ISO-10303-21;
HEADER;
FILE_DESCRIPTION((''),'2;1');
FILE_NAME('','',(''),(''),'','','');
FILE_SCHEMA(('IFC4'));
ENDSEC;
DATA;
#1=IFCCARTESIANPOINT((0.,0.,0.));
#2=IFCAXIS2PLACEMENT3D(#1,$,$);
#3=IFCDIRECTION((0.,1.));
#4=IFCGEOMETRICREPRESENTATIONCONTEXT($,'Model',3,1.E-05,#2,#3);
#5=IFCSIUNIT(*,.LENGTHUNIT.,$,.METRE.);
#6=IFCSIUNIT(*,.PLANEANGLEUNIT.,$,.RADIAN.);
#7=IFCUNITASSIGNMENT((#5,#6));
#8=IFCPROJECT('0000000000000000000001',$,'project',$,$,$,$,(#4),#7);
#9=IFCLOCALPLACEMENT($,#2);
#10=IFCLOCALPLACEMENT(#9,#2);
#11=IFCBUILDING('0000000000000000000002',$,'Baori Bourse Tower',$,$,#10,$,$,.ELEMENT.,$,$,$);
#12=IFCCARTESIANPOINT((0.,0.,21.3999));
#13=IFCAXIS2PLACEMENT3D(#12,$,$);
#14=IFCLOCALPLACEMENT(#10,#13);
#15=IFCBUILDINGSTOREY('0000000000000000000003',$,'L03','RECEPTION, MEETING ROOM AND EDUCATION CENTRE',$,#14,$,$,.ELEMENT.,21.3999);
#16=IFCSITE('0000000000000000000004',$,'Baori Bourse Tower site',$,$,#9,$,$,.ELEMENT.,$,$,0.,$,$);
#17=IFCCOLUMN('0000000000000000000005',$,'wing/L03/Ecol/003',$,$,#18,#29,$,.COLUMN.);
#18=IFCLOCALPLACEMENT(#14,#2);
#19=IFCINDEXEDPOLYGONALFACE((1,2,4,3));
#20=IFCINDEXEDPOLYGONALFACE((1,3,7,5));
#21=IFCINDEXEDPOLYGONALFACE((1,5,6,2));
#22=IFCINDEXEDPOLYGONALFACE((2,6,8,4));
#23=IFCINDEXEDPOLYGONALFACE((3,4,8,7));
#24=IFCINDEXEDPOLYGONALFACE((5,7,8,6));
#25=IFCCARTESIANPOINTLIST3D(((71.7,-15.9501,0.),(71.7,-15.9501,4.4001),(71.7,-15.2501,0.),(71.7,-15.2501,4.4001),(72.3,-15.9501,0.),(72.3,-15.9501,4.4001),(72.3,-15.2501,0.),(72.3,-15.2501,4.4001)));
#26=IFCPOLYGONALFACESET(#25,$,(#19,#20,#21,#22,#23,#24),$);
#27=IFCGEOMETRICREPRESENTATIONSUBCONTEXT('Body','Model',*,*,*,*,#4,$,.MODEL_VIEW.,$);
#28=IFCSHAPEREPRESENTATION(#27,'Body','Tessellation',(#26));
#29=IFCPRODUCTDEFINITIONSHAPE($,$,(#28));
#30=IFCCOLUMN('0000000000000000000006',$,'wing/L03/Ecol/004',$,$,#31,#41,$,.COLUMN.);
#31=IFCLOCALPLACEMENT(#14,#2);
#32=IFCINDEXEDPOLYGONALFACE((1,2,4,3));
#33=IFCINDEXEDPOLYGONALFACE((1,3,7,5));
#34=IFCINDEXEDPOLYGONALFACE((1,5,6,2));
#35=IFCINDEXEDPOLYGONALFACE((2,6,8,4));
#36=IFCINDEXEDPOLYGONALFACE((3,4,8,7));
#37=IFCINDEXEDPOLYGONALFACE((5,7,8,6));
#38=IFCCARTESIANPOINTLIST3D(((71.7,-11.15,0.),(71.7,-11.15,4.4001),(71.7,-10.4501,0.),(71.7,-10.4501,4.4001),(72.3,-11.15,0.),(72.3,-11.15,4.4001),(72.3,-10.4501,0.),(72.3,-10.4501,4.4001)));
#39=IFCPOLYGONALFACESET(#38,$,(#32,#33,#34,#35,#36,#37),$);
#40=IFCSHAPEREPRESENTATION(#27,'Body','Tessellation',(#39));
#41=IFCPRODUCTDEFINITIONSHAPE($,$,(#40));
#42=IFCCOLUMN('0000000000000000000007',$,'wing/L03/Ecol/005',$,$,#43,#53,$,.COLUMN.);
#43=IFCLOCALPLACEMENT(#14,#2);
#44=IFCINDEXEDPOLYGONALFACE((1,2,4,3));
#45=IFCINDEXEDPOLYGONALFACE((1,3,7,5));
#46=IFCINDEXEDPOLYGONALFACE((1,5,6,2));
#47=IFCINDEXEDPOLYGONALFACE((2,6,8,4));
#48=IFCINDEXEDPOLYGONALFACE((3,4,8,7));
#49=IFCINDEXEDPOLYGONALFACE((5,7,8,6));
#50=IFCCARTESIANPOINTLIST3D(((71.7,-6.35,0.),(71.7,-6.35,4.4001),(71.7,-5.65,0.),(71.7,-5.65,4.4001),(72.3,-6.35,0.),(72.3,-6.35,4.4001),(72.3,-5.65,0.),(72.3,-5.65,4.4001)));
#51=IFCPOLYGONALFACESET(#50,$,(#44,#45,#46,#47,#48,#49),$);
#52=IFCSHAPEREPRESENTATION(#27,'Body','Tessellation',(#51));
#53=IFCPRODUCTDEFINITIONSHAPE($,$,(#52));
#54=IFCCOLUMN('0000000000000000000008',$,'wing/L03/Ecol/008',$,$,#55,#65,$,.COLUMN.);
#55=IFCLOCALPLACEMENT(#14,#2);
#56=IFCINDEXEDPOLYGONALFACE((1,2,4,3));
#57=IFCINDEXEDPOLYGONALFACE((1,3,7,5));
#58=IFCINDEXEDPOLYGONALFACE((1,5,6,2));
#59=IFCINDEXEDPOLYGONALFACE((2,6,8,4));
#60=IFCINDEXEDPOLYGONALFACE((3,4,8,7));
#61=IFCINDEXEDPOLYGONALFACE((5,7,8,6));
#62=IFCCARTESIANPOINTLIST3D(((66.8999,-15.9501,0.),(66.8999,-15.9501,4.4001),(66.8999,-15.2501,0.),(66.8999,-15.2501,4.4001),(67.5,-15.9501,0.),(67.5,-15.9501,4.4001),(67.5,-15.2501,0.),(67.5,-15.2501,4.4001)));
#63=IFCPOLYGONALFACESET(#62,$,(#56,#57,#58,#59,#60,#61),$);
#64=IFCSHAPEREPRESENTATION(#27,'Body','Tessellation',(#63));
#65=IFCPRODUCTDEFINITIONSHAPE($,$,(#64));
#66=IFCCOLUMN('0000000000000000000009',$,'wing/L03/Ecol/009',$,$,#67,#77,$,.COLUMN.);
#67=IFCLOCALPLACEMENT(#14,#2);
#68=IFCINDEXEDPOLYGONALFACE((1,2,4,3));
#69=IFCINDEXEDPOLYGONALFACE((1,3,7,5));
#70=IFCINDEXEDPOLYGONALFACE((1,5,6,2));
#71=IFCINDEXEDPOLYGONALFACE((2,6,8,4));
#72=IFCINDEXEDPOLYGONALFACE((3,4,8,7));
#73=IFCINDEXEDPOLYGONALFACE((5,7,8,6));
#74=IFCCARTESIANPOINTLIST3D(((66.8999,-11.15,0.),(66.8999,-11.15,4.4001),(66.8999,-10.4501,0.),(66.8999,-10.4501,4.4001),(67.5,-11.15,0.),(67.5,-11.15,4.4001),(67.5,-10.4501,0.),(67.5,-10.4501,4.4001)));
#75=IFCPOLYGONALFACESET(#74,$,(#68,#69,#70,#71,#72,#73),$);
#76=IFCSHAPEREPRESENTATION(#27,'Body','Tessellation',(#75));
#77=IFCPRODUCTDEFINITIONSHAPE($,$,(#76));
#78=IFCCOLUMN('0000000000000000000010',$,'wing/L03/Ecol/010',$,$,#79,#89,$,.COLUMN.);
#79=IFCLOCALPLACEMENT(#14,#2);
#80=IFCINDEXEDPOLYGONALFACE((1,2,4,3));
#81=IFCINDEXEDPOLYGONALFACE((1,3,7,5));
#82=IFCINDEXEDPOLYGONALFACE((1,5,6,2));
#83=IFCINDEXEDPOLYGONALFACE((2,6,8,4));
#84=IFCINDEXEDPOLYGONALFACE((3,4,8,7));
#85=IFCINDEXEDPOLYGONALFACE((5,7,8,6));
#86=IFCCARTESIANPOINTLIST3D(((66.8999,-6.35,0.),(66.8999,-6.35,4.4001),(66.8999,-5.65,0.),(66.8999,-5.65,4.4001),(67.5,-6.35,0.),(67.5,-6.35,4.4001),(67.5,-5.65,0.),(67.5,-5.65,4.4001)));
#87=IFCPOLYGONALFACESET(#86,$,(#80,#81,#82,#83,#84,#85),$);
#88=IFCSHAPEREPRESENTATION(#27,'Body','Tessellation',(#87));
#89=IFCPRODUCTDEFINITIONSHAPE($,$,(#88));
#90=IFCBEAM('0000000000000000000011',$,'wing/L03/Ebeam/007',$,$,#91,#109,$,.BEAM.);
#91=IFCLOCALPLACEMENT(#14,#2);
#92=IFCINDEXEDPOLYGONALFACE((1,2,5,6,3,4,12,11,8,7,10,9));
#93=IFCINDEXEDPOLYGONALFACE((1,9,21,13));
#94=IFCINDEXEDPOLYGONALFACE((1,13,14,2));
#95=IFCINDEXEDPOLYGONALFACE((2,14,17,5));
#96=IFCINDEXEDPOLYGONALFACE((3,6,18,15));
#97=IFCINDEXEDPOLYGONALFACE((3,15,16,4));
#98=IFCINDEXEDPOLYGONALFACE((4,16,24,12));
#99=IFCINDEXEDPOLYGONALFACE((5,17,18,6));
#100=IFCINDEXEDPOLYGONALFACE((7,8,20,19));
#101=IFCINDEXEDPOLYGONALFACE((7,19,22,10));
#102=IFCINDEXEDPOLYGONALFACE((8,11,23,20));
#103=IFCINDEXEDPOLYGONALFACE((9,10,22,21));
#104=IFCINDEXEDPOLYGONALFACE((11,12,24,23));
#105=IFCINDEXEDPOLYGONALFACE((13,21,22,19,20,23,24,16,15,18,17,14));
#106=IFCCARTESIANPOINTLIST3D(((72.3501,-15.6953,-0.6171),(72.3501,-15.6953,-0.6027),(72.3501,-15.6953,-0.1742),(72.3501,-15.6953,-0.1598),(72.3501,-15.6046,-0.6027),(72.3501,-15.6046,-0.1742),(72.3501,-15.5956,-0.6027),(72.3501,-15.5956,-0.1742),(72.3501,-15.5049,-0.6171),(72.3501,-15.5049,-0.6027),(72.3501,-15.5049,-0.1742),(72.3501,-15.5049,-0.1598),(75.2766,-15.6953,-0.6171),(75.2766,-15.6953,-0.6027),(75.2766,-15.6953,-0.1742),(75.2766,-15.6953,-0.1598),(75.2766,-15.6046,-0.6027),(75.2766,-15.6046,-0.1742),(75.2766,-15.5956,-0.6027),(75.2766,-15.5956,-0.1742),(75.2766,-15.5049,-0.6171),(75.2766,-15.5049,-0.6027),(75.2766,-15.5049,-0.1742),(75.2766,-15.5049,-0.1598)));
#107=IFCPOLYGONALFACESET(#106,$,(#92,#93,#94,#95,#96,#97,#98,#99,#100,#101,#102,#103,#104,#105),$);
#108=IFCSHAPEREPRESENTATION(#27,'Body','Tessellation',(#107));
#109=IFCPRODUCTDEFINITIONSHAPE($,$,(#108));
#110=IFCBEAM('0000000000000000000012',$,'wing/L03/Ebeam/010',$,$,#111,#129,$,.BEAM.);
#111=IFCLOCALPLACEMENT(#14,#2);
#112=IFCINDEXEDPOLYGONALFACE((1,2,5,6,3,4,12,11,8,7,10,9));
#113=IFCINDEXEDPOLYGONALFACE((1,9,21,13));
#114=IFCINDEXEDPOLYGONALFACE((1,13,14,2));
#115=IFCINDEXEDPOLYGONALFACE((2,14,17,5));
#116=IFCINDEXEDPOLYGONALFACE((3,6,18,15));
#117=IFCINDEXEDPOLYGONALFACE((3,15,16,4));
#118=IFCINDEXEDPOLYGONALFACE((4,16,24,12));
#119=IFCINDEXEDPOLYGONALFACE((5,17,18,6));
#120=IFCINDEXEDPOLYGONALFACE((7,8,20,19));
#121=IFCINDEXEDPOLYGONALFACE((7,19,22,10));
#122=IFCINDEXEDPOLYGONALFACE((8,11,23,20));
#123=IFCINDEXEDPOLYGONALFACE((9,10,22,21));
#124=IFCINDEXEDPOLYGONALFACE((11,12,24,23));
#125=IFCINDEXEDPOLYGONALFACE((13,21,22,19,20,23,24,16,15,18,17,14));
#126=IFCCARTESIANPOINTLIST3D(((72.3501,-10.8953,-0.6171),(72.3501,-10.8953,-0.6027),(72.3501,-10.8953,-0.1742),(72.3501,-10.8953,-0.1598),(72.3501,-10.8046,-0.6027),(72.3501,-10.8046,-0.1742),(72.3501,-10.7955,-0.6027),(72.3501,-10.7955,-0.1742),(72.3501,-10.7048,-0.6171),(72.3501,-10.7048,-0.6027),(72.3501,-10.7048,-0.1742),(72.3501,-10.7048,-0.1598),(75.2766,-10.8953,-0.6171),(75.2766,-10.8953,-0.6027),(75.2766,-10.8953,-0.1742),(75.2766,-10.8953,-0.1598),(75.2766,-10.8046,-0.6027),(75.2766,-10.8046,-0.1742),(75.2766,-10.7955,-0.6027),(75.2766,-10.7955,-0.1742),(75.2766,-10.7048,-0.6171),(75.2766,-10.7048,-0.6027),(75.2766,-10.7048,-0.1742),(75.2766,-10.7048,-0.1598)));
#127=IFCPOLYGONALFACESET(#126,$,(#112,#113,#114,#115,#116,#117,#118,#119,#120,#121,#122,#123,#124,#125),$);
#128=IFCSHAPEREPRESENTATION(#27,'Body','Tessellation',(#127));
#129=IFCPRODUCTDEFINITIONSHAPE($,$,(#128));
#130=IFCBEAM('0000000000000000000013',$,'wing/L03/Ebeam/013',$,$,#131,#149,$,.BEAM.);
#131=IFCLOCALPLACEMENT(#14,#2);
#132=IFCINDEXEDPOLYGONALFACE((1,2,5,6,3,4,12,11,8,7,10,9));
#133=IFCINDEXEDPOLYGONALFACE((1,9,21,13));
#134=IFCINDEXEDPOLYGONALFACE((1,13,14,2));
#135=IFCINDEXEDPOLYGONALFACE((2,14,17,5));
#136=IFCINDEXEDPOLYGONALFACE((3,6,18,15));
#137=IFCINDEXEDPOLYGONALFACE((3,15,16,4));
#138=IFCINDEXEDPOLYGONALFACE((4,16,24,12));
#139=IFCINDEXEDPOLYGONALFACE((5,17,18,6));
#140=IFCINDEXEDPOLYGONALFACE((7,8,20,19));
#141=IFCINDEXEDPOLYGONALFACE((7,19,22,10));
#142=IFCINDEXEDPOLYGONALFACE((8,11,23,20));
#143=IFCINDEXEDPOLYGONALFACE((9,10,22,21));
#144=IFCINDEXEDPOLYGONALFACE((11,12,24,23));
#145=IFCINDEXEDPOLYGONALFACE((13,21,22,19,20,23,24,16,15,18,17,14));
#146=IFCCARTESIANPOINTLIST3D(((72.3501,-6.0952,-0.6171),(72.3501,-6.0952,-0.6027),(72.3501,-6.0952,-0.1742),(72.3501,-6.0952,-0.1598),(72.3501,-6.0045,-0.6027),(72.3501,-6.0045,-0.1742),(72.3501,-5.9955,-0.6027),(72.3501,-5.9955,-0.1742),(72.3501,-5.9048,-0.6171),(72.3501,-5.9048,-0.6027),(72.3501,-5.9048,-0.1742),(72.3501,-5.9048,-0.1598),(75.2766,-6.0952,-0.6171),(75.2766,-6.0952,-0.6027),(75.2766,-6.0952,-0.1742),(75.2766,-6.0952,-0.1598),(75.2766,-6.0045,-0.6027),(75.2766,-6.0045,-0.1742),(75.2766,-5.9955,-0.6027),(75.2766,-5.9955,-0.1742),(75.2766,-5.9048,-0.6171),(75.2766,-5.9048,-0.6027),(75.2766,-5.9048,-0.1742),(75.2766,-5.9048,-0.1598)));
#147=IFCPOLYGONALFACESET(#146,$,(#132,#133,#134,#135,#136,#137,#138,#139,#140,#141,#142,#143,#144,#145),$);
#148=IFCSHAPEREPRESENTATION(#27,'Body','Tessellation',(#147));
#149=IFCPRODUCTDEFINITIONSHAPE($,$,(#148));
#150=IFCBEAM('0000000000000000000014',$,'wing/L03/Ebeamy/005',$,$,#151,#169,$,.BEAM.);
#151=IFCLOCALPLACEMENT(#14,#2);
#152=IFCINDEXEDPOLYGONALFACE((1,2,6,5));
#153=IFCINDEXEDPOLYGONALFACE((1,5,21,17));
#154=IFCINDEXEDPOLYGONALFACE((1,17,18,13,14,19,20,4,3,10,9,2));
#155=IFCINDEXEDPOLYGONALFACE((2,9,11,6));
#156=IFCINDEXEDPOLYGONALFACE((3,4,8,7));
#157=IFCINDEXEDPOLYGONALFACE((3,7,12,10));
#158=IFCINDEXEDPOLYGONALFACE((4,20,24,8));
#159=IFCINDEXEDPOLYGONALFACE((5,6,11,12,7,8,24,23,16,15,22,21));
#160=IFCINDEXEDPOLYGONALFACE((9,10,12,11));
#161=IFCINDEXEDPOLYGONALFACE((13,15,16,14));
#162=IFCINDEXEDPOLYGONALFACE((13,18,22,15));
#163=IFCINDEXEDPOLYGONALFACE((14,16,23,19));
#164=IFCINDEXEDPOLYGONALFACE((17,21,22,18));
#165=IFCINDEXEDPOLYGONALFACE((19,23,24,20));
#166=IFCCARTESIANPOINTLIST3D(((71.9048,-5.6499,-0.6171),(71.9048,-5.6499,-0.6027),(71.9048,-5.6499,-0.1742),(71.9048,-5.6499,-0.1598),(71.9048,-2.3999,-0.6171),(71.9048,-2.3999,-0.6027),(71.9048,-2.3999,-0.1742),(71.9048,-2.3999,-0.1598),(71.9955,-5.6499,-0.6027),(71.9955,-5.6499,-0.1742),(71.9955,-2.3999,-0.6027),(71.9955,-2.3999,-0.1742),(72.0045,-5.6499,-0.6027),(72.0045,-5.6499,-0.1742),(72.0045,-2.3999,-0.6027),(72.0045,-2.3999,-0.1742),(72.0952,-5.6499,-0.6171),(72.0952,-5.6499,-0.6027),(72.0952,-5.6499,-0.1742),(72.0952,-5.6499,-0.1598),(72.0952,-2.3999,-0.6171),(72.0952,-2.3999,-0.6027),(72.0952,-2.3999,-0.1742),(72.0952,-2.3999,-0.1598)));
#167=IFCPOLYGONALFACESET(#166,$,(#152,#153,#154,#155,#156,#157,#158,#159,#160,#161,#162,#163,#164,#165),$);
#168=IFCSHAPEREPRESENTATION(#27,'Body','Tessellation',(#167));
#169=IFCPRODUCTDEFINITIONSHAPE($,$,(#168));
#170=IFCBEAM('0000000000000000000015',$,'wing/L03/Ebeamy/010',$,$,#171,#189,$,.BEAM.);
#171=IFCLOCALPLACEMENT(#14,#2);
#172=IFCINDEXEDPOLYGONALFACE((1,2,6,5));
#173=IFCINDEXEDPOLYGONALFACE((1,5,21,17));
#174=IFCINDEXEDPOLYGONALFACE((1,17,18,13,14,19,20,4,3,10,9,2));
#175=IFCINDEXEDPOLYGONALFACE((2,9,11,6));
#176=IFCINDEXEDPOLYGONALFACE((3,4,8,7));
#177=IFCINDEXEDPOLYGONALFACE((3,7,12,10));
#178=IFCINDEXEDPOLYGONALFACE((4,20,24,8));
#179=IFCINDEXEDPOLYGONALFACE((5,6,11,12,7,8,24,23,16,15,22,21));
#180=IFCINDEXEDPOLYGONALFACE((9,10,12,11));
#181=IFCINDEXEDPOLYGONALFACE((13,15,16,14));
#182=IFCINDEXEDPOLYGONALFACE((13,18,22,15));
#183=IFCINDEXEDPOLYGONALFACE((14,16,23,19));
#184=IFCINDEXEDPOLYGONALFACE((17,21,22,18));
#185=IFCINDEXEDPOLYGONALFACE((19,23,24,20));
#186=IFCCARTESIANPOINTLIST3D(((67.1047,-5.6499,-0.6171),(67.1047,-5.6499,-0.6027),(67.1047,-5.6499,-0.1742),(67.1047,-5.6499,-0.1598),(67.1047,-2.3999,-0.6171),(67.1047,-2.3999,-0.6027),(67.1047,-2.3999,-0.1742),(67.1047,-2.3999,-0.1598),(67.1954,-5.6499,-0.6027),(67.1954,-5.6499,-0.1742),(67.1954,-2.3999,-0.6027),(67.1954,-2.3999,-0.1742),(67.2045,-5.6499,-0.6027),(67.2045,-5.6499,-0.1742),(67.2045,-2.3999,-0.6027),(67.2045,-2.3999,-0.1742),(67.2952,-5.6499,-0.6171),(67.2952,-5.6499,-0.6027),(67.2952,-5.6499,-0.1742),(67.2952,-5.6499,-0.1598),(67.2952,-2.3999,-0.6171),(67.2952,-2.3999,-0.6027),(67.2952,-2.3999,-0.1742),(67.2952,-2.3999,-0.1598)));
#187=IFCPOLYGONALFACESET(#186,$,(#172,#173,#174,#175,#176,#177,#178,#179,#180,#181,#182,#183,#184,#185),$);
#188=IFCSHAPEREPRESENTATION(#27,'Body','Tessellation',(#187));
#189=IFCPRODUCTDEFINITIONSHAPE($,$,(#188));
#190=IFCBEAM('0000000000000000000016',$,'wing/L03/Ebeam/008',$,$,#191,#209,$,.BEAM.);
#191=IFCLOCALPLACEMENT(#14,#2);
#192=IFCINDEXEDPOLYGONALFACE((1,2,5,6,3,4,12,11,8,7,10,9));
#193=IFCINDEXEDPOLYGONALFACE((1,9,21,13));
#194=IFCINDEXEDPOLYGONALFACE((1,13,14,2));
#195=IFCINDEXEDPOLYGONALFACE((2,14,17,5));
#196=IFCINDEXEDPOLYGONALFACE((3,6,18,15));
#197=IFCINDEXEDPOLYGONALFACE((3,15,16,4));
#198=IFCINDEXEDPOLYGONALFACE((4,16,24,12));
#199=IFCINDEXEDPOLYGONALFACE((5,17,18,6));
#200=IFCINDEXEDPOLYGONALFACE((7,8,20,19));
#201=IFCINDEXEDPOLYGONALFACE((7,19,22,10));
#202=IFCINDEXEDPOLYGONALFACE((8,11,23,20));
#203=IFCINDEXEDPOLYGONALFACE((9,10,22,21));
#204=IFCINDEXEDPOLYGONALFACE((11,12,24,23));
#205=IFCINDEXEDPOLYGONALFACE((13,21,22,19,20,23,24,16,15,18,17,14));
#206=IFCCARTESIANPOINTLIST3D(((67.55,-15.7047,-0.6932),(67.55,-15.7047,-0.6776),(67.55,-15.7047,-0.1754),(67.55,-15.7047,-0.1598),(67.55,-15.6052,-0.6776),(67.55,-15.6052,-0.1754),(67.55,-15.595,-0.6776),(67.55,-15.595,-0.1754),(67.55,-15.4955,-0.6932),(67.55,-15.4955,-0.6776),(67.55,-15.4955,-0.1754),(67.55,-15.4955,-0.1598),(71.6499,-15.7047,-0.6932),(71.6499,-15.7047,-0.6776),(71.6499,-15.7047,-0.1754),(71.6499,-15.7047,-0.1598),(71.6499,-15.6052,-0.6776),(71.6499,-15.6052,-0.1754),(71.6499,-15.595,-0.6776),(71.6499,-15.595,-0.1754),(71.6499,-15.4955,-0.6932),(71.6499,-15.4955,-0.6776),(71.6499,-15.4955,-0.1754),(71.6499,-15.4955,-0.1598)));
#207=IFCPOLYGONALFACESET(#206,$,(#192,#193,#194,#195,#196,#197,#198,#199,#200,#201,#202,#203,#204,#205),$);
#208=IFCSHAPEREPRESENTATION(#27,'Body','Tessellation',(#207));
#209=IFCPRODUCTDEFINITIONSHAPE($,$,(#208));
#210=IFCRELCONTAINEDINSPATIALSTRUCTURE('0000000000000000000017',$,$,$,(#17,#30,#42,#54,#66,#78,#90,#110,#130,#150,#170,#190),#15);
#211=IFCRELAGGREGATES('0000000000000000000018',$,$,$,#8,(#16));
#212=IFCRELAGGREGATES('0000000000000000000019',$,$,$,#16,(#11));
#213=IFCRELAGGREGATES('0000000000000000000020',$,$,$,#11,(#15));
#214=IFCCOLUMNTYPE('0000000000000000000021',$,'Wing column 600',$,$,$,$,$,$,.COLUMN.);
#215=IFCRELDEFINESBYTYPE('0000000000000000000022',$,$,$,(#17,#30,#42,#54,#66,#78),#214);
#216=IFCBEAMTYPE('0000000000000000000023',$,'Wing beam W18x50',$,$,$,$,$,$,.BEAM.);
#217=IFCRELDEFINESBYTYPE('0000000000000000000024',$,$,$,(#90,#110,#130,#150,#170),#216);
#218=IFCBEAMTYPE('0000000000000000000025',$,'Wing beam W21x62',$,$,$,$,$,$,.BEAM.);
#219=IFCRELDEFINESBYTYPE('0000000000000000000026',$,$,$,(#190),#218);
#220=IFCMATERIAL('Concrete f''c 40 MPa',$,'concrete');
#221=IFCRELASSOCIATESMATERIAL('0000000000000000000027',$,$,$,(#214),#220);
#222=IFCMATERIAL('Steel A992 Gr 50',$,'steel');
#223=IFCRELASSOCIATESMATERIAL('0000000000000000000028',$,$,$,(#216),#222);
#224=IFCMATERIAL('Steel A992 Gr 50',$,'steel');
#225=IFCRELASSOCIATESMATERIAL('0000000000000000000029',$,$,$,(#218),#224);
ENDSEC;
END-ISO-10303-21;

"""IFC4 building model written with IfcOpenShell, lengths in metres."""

from ifc_helpers import new_model, si_unit, direction, frame, origin, origin_2d, place, context, subcontext, project, spatial, rectangle, i_section, extrude, material, material_profile, profile_set, type_object, element, save


model = new_model("IFC4")

# Units and contexts
model_context = context("Model", 3, precision=1e-05, world=origin(), true_north=direction((0.0, 1.0)))
body_context = subcontext(model_context, "Body", "Model", "MODEL_VIEW")
ifc_project = project(units=[si_unit("LENGTHUNIT", "METRE"), si_unit("PLANEANGLEUNIT", "RADIAN")], contexts=[model_context])

# Site, building, storey
site_placement = place(None, origin())
site = spatial("IfcSite", under=ifc_project, at=site_placement, Name="Baori Bourse Tower site", CompositionType="ELEMENT", RefElevation=0.0)
building_placement = place(site_placement, origin())
building = spatial("IfcBuilding", under=site, at=building_placement, Name="Baori Bourse Tower", CompositionType="ELEMENT")
storey_placement = place(building_placement, frame((0.0, 0.0, 21.3999)))
storey = spatial("IfcBuildingStorey", under=building, at=storey_placement, Name="L03", Description="RECEPTION, MEETING ROOM AND EDUCATION CENTRE", CompositionType="ELEMENT", Elevation=21.3999)

# Columns
ifc_material_1 = material(Name="Concrete f'c 40 MPa", Category="concrete")
ifc_material_profile_1 = material_profile(ifc_material_1, rectangle(XDim=0.6001, YDim=0.7, at=origin_2d()), Name="Wing column 600")
ifc_profile_set_1 = profile_set([ifc_material_profile_1], Name="Concrete f'c 40 MPa")
column_type = type_object("IfcColumnType", Name="Wing column 600", PredefinedType="COLUMN", material=ifc_profile_set_1)
for number, where, z_axis, x_axis, name in (
    (1, (72.0, -15.6001, 0.0), (0.0, 0.0, 1.0), (1.0, 0.0, 0.0), "wing/L03/Ecol/003"),
    (2, (72.0, -10.8, 0.0), (0.0, 0.0, 1.0), (1.0, 0.0, 0.0), "wing/L03/Ecol/004"),
    (3, (72.0, -6.0, 0.0), (0.0, 0.0, 1.0), (1.0, 0.0, 0.0), "wing/L03/Ecol/005"),
    (4, (67.2, -15.6001, 0.0), (0.0, 0.0, 1.0), (1.0, 0.0, 0.0), "wing/L03/Ecol/008"),
    (5, (67.2, -10.8, 0.0), (0.0, 0.0, 1.0), (1.0, 0.0, 0.0), "wing/L03/Ecol/009"),
    (6, (67.2, -6.0, 0.0), (0.0, 0.0, 1.0), (1.0, 0.0, 0.0), "wing/L03/Ecol/010"),
):
    element("IfcColumn", number, at=place(storey_placement, frame(where, z_axis=z_axis, x_axis=x_axis)), inside=storey, type_object=column_type, Name=name, PredefinedType="COLUMN", context=body_context, shape_type="SweptSolid", body=[
        extrude(rectangle(XDim=0.6001, YDim=0.7, at=origin_2d()), origin(), (0.0, 0.0, 1.0), 4.4001),
    ])

# Beams
ifc_material_2 = material(Name="Steel A992 Gr 50", Category="steel")
ifc_material_profile_2 = material_profile(ifc_material_2, i_section(OverallWidth=0.1904, OverallDepth=0.4573, WebThickness=0.009, FlangeThickness=0.0144, at=origin_2d()), Name="W18x50")
ifc_profile_set_2 = profile_set([ifc_material_profile_2], Name="Steel A992 Gr 50")
beam_type_1 = type_object("IfcBeamType", Name="Wing beam W18x50", PredefinedType="BEAM", material=ifc_profile_set_2)
for number, where, z_axis, x_axis, name in (
    (7, (75.2766, -15.6001, -0.3884), (-1.0, 0.0, 0.0), (0.0, -1.0, 0.0), "wing/L03/Ebeam/007"),
    (8, (75.2766, -10.8, -0.3884), (-1.0, 0.0, 0.0), (0.0, -1.0, 0.0), "wing/L03/Ebeam/010"),
    (9, (75.2766, -6.0, -0.3884), (-1.0, 0.0, 0.0), (0.0, -1.0, 0.0), "wing/L03/Ebeam/013"),
):
    element("IfcBeam", number, at=place(storey_placement, frame(where, z_axis=z_axis, x_axis=x_axis)), inside=storey, type_object=beam_type_1, Name=name, PredefinedType="BEAM", context=body_context, shape_type="SweptSolid", body=[
        extrude(i_section(OverallWidth=0.1904, OverallDepth=0.4573, WebThickness=0.009, FlangeThickness=0.0144, at=origin_2d()), origin(), (0.0, 0.0, 1.0), 2.9265),
    ])
for number, where, z_axis, x_axis, name in (
    (10, (72.0, -5.6499, -0.3884), (0.0, 1.0, 0.0), (-1.0, 0.0, 0.0), "wing/L03/Ebeamy/005"),
    (11, (67.2, -5.6499, -0.3884), (0.0, 1.0, 0.0), (-1.0, 0.0, 0.0), "wing/L03/Ebeamy/010"),
):
    element("IfcBeam", number, at=place(storey_placement, frame(where, z_axis=z_axis, x_axis=x_axis)), inside=storey, type_object=beam_type_1, Name=name, PredefinedType="BEAM", context=body_context, shape_type="SweptSolid", body=[
        extrude(i_section(OverallWidth=0.1904, OverallDepth=0.4573, WebThickness=0.009, FlangeThickness=0.0144, at=origin_2d()), origin(), (0.0, 0.0, 1.0), 3.25),
    ])
ifc_material_3 = material(Name="Steel A992 Gr 50", Category="steel")
ifc_material_profile_3 = material_profile(ifc_material_3, i_section(OverallWidth=0.2092, OverallDepth=0.5334, WebThickness=0.0103, FlangeThickness=0.0156, at=origin_2d()), Name="W21x62")
ifc_profile_set_3 = profile_set([ifc_material_profile_3], Name="Steel A992 Gr 50")
beam_type_2 = type_object("IfcBeamType", Name="Wing beam W21x62", PredefinedType="BEAM", material=ifc_profile_set_3)
for number, where, z_axis, x_axis, name in (
    (12, (71.6499, -15.6001, -0.4265), (-1.0, 0.0, 0.0), (0.0, -1.0, 0.0), "wing/L03/Ebeam/008"),
):
    element("IfcBeam", number, at=place(storey_placement, frame(where, z_axis=z_axis, x_axis=x_axis)), inside=storey, type_object=beam_type_2, Name=name, PredefinedType="BEAM", context=body_context, shape_type="SweptSolid", body=[
        extrude(i_section(OverallWidth=0.2092, OverallDepth=0.5334, WebThickness=0.0103, FlangeThickness=0.0156, at=origin_2d()), origin(), (0.0, 0.0, 1.0), 4.0999),
    ])

save(model, "model.ifc")
